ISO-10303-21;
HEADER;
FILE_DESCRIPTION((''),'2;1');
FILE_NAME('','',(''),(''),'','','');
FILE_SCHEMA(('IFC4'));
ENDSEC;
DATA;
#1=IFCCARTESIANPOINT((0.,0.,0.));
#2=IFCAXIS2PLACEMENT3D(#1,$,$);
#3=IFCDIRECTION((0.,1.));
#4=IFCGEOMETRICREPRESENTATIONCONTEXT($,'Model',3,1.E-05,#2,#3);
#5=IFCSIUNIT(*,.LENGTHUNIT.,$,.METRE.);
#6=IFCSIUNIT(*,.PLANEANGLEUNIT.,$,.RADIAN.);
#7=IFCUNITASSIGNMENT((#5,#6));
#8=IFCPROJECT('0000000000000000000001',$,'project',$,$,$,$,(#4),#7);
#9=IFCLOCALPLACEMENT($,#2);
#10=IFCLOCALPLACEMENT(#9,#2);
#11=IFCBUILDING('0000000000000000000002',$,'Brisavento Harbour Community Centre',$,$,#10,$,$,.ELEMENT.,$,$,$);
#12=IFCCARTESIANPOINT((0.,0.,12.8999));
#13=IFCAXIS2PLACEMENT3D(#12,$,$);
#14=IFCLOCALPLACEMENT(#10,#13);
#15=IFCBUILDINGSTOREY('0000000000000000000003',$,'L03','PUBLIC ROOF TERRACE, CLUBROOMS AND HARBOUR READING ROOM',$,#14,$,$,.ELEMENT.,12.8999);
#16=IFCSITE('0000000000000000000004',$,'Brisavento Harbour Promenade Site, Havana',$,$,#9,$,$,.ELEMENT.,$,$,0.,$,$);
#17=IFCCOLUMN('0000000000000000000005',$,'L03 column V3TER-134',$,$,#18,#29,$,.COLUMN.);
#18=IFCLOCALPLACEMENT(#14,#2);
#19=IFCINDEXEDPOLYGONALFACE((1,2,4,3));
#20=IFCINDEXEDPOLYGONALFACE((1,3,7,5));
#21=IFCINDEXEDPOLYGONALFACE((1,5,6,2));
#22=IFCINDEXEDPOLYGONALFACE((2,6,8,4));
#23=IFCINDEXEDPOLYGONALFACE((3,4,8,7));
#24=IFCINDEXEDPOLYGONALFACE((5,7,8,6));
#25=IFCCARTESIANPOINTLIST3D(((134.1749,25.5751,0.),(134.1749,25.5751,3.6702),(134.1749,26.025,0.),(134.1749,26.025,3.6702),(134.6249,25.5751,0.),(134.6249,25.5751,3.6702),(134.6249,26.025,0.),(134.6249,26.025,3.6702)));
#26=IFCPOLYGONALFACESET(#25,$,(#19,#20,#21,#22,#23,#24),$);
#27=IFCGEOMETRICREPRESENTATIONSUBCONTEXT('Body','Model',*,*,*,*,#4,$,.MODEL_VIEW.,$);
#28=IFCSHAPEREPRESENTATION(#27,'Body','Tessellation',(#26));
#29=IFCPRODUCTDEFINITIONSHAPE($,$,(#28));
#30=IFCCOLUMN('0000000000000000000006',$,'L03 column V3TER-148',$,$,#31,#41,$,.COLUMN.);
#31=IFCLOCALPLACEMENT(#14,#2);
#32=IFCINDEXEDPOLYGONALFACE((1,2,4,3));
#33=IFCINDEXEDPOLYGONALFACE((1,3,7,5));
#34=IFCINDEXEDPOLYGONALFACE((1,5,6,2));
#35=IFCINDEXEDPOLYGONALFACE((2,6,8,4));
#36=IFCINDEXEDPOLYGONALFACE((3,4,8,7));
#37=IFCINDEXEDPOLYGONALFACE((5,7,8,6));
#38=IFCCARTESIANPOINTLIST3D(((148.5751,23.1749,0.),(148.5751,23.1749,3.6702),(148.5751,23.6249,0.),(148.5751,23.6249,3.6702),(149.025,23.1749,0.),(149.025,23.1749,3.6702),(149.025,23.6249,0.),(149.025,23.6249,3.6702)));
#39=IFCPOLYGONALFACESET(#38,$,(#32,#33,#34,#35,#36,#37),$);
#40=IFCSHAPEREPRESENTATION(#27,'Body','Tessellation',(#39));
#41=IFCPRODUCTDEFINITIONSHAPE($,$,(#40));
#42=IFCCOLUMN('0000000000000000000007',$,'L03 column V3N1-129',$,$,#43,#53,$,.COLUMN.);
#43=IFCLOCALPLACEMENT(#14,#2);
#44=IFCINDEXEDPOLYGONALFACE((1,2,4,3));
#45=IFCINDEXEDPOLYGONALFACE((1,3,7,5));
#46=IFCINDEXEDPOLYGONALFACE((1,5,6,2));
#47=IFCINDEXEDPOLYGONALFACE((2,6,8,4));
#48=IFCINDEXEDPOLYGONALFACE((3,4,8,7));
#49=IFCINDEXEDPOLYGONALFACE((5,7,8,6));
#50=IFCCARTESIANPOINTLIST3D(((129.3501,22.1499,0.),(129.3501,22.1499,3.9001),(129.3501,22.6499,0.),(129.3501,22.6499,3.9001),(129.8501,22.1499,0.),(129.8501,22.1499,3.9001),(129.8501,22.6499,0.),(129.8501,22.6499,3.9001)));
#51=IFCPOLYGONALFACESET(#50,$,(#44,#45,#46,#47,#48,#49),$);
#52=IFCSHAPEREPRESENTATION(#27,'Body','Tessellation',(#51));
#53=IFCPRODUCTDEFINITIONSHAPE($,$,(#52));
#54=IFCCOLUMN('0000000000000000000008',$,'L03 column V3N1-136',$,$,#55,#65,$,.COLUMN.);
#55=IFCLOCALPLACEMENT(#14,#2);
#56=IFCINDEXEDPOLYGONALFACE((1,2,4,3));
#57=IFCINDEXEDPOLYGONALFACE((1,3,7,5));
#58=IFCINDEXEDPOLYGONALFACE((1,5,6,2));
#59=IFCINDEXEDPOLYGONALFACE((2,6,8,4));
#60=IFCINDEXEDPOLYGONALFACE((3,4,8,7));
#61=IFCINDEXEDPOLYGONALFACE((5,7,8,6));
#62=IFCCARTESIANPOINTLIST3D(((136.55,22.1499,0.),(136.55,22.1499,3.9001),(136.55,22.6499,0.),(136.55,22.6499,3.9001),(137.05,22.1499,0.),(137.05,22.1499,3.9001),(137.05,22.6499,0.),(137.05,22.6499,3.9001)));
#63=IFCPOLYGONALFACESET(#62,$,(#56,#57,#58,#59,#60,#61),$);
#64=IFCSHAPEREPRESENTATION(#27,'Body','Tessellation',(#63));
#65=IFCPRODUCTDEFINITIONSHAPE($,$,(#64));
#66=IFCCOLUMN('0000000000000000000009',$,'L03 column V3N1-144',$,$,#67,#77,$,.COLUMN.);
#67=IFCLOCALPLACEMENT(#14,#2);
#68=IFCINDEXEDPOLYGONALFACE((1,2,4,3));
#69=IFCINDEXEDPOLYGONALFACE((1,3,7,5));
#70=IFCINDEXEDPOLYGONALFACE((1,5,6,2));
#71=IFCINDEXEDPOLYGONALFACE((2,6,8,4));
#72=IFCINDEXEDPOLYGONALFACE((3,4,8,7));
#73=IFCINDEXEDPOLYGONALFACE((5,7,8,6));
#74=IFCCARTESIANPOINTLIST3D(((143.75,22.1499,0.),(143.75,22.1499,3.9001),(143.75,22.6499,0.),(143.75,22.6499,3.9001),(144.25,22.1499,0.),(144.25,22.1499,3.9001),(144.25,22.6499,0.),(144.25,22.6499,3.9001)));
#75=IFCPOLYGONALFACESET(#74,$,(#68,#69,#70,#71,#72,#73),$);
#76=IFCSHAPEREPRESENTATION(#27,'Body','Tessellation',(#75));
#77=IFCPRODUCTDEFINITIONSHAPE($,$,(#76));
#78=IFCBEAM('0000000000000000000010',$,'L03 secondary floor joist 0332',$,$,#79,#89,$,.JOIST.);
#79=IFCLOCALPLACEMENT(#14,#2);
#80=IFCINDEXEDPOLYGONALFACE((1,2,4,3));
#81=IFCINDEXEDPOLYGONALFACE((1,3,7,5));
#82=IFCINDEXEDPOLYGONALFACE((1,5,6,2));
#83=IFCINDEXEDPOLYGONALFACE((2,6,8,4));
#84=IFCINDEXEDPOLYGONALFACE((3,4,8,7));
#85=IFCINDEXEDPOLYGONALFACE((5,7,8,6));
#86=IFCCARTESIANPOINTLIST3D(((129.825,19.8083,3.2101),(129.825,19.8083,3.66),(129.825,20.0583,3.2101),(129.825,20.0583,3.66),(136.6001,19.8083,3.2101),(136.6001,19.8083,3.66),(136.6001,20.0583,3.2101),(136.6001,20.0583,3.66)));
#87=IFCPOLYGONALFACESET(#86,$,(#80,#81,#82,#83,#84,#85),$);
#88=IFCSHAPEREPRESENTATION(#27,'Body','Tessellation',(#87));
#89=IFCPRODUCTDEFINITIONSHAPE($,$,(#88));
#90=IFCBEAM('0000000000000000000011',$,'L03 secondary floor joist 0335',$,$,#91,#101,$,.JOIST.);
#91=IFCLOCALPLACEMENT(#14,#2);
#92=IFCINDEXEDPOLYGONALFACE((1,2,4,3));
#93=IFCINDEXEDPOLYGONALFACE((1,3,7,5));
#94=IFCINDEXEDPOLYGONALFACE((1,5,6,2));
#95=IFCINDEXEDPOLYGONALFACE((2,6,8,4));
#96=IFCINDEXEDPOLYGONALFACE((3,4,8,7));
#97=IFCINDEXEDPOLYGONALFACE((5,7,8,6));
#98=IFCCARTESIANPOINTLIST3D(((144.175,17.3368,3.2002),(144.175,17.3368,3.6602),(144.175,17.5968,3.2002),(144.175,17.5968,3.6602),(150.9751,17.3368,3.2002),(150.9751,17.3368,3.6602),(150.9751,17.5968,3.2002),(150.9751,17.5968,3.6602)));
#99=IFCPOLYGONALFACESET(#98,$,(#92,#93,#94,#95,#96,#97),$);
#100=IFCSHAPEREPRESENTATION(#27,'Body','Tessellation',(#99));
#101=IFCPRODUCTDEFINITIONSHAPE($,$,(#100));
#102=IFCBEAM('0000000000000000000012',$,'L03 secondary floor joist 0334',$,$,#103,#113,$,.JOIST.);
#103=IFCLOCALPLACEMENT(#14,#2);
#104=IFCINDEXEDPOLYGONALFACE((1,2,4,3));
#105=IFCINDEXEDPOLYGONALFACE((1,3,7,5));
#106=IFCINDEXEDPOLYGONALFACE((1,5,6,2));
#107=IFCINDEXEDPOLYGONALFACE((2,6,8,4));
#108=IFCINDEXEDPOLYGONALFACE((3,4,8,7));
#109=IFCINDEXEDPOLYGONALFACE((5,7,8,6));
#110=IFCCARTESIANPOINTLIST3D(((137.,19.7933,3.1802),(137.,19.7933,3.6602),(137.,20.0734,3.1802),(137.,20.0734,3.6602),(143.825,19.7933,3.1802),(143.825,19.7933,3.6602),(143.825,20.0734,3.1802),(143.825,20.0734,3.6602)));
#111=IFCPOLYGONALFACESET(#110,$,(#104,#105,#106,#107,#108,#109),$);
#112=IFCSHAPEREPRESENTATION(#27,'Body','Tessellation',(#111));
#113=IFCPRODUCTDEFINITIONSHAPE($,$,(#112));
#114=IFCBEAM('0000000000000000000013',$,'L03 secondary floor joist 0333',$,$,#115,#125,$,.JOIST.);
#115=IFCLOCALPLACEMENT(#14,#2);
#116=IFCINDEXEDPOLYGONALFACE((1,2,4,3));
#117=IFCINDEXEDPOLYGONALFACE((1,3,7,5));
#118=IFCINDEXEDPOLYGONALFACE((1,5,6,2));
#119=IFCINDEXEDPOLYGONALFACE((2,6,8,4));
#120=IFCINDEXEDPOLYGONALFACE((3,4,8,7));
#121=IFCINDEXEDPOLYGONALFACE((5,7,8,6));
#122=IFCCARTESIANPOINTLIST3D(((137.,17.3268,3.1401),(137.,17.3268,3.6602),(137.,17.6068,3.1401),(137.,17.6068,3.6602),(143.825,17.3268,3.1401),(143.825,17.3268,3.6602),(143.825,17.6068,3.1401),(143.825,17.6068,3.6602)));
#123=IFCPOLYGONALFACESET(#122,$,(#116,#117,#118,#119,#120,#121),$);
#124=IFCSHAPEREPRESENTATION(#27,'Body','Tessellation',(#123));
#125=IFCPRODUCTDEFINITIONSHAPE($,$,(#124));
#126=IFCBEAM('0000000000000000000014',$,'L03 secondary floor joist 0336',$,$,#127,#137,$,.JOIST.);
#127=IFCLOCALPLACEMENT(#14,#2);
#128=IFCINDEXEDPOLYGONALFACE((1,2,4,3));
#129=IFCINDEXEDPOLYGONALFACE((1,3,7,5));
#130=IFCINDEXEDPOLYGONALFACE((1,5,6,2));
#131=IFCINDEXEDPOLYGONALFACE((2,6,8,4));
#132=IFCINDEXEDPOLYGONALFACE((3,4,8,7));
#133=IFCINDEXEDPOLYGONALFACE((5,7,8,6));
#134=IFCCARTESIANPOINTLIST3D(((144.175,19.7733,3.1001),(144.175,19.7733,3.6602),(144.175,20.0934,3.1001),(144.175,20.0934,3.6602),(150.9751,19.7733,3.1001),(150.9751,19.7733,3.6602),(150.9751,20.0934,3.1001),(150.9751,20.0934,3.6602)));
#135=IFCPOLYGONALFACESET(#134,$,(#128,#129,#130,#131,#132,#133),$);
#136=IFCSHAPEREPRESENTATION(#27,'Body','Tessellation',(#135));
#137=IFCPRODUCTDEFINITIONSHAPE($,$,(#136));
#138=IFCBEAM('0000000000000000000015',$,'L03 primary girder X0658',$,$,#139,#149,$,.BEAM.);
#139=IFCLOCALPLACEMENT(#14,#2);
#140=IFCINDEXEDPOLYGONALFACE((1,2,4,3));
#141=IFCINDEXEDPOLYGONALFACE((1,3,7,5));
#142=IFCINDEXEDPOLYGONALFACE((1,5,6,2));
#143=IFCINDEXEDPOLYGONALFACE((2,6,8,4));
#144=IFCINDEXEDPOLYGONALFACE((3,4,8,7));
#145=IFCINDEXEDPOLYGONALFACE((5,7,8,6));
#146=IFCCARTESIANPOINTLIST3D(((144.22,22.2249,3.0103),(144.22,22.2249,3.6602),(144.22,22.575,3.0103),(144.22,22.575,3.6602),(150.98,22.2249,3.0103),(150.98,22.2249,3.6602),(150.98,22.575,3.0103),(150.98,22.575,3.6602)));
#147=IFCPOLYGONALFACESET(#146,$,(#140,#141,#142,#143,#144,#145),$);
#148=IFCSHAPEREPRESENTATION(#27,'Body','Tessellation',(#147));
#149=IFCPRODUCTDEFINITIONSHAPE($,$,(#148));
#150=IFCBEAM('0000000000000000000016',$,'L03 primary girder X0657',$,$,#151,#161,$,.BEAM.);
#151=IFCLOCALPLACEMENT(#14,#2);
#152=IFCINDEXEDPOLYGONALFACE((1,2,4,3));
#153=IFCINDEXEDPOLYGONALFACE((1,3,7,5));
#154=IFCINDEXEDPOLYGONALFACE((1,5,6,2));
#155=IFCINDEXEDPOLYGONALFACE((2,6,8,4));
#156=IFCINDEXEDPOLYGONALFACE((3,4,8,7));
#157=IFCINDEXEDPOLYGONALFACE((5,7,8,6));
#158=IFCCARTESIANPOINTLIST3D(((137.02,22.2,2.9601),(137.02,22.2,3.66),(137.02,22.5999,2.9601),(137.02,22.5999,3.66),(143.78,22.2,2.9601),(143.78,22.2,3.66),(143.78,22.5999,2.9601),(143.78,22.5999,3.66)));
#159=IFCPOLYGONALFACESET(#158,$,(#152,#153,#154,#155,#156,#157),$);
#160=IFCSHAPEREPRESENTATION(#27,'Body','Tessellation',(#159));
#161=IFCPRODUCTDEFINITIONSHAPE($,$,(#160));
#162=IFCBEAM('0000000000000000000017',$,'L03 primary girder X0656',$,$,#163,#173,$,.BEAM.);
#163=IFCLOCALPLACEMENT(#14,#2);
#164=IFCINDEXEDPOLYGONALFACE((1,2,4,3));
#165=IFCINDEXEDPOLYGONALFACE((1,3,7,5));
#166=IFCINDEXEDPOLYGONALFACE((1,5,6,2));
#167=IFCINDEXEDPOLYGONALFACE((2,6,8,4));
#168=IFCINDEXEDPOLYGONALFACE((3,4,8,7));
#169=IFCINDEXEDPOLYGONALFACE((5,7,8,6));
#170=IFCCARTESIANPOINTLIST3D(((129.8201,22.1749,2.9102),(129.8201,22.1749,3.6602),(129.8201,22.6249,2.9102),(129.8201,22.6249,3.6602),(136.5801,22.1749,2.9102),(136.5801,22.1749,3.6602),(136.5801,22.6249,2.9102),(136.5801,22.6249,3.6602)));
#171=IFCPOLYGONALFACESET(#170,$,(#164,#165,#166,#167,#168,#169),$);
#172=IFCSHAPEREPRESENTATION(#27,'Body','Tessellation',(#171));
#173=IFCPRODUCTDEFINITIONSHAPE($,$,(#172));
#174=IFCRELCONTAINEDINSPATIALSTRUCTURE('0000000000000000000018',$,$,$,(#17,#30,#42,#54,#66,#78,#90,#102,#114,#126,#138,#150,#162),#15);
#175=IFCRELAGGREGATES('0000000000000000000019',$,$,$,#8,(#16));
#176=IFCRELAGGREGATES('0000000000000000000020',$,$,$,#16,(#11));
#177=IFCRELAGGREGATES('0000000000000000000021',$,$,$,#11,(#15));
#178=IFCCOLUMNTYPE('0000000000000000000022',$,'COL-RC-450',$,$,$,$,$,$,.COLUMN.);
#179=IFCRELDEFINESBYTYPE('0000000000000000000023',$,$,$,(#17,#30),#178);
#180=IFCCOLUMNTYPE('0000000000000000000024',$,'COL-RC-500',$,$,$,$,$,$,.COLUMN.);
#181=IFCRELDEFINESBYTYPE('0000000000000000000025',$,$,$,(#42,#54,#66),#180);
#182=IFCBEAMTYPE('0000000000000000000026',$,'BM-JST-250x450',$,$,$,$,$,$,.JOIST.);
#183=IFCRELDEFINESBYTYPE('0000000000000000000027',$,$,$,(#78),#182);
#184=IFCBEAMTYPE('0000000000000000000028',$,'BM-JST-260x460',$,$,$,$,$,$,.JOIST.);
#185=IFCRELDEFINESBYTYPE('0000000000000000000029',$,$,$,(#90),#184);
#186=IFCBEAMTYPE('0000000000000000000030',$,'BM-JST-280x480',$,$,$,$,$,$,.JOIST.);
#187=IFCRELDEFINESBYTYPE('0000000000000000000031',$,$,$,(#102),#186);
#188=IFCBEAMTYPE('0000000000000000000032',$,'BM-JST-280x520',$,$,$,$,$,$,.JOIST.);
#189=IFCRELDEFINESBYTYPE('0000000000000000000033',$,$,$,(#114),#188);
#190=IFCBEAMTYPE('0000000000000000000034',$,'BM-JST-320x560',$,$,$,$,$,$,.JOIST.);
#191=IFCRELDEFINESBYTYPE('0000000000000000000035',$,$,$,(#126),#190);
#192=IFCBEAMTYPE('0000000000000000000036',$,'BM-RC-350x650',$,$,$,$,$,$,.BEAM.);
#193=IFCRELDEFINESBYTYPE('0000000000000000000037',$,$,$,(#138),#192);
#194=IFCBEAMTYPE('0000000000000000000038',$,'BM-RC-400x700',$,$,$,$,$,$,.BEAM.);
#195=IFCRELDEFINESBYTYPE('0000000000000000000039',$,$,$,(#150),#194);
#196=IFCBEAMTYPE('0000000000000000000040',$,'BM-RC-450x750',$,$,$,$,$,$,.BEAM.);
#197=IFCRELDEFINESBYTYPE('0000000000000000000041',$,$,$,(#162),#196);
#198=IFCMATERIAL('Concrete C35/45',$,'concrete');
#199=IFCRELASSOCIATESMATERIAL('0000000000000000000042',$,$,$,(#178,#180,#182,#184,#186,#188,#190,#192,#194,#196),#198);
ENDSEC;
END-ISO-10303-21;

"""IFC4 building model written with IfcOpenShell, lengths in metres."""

from ifc_helpers import new_model, si_unit, direction, frame, origin, origin_2d, place, context, subcontext, project, spatial, rectangle, extrude, material, material_profile, profile_set, type_object, element, save


model = new_model("IFC4")

# Units and contexts
model_context = context("Model", 3, precision=1e-05, world=origin(), true_north=direction((0.0, 1.0)))
body_context = subcontext(model_context, "Body", "Model", "MODEL_VIEW")
ifc_project = project(units=[si_unit("LENGTHUNIT", "METRE"), si_unit("PLANEANGLEUNIT", "RADIAN")], contexts=[model_context])

# Site, building, storey
site_placement = place(None, origin())
site = spatial("IfcSite", under=ifc_project, at=site_placement, Name="Brisavento Harbour Promenade Site, Havana", CompositionType="ELEMENT", RefElevation=0.0)
building_placement = place(site_placement, origin())
building = spatial("IfcBuilding", under=site, at=building_placement, Name="Brisavento Harbour Community Centre", CompositionType="ELEMENT")
storey_placement = place(building_placement, frame((0.0, 0.0, 12.8999)))
storey = spatial("IfcBuildingStorey", under=building, at=storey_placement, Name="L03", Description="PUBLIC ROOF TERRACE, CLUBROOMS AND HARBOUR READING ROOM", CompositionType="ELEMENT", Elevation=12.8999)

# Columns
ifc_material_1 = material(Name="Concrete C35/45", Category="concrete")
ifc_material_profile_1 = material_profile(ifc_material_1, rectangle(XDim=0.45, YDim=0.45, at=origin_2d()), Name="Concrete C35/45")
ifc_profile_set_1 = profile_set([ifc_material_profile_1], Name="Concrete C35/45")
column_type_1 = type_object("IfcColumnType", Name="COL-RC-450", PredefinedType="COLUMN", material=ifc_profile_set_1)
for number, where, z_axis, x_axis, name in (
    (1, (134.3999, 25.8, 0.0), (0.0, 0.0, 1.0), (1.0, 0.0, 0.0), "L03 column V3TER-134"),
    (2, (148.8, 23.3999, 0.0), (0.0, 0.0, 1.0), (1.0, 0.0, 0.0), "L03 column V3TER-148"),
):
    element("IfcColumn", number, at=place(storey_placement, frame(where, z_axis=z_axis, x_axis=x_axis)), inside=storey, type_object=column_type_1, Name=name, PredefinedType="COLUMN", context=body_context, shape_type="SweptSolid", body=[
        extrude(rectangle(XDim=0.45, YDim=0.45, at=origin_2d()), origin(), (0.0, 0.0, 1.0), 3.6702),
    ])
ifc_material_profile_2 = material_profile(ifc_material_1, rectangle(XDim=0.5, YDim=0.5, at=origin_2d()), Name="Concrete C35/45")
ifc_profile_set_2 = profile_set([ifc_material_profile_2], Name="Concrete C35/45")
column_type_2 = type_object("IfcColumnType", Name="COL-RC-500", PredefinedType="COLUMN", material=ifc_profile_set_2)
for number, where, z_axis, x_axis, name in (
    (3, (129.6001, 22.3999, 0.0), (0.0, 0.0, 1.0), (1.0, 0.0, 0.0), "L03 column V3N1-129"),
    (4, (136.8, 22.3999, 0.0), (0.0, 0.0, 1.0), (1.0, 0.0, 0.0), "L03 column V3N1-136"),
    (5, (144.0, 22.3999, 0.0), (0.0, 0.0, 1.0), (1.0, 0.0, 0.0), "L03 column V3N1-144"),
):
    element("IfcColumn", number, at=place(storey_placement, frame(where, z_axis=z_axis, x_axis=x_axis)), inside=storey, type_object=column_type_2, Name=name, PredefinedType="COLUMN", context=body_context, shape_type="SweptSolid", body=[
        extrude(rectangle(XDim=0.5, YDim=0.5, at=origin_2d()), origin(), (0.0, 0.0, 1.0), 3.9001),
    ])

# Beams
ifc_material_profile_3 = material_profile(ifc_material_1, rectangle(XDim=0.25, YDim=0.45, at=origin_2d()), Name="Concrete C35/45")
ifc_profile_set_3 = profile_set([ifc_material_profile_3], Name="Concrete C35/45")
beam_type_1 = type_object("IfcBeamType", Name="BM-JST-250x450", PredefinedType="JOIST", material=ifc_profile_set_3)
beam_1_placement = place(storey_placement, frame((129.825, 19.9333, 3.4351), z_axis=(1.0, 0.0, 0.0), x_axis=(0.0, 1.0, 0.0)))
element("IfcBeam", 6, at=beam_1_placement, inside=storey, type_object=beam_type_1, Name="L03 secondary floor joist 0332", PredefinedType="JOIST", context=body_context, shape_type="SweptSolid", body=[
    extrude(rectangle(XDim=0.25, YDim=0.45, at=origin_2d()), origin(), (0.0, 0.0, 1.0), 6.7751),
])
ifc_material_profile_4 = material_profile(ifc_material_1, rectangle(XDim=0.26, YDim=0.46, at=origin_2d()), Name="Concrete C35/45")
ifc_profile_set_4 = profile_set([ifc_material_profile_4], Name="Concrete C35/45")
beam_type_2 = type_object("IfcBeamType", Name="BM-JST-260x460", PredefinedType="JOIST", material=ifc_profile_set_4)
beam_2_placement = place(storey_placement, frame((144.175, 17.4668, 3.4302), z_axis=(1.0, 0.0, 0.0), x_axis=(0.0, 1.0, 0.0)))
element("IfcBeam", 7, at=beam_2_placement, inside=storey, type_object=beam_type_2, Name="L03 secondary floor joist 0335", PredefinedType="JOIST", context=body_context, shape_type="SweptSolid", body=[
    extrude(rectangle(XDim=0.26, YDim=0.46, at=origin_2d()), origin(), (0.0, 0.0, 1.0), 6.8),
])
ifc_material_profile_5 = material_profile(ifc_material_1, rectangle(XDim=0.28, YDim=0.48, at=origin_2d()), Name="Concrete C35/45")
ifc_profile_set_5 = profile_set([ifc_material_profile_5], Name="Concrete C35/45")
beam_type_3 = type_object("IfcBeamType", Name="BM-JST-280x480", PredefinedType="JOIST", material=ifc_profile_set_5)
beam_3_placement = place(storey_placement, frame((137.0, 19.9333, 3.4202), z_axis=(1.0, 0.0, 0.0), x_axis=(0.0, 1.0, 0.0)))
element("IfcBeam", 8, at=beam_3_placement, inside=storey, type_object=beam_type_3, Name="L03 secondary floor joist 0334", PredefinedType="JOIST", context=body_context, shape_type="SweptSolid", body=[
    extrude(rectangle(XDim=0.28, YDim=0.48, at=origin_2d()), origin(), (0.0, 0.0, 1.0), 6.825),
])
ifc_material_profile_6 = material_profile(ifc_material_1, rectangle(XDim=0.28, YDim=0.52, at=origin_2d()), Name="Concrete C35/45")
ifc_profile_set_6 = profile_set([ifc_material_profile_6], Name="Concrete C35/45")
beam_type_4 = type_object("IfcBeamType", Name="BM-JST-280x520", PredefinedType="JOIST", material=ifc_profile_set_6)
beam_4_placement = place(storey_placement, frame((137.0, 17.4668, 3.4001), z_axis=(1.0, 0.0, 0.0), x_axis=(0.0, 1.0, 0.0)))
element("IfcBeam", 9, at=beam_4_placement, inside=storey, type_object=beam_type_4, Name="L03 secondary floor joist 0333", PredefinedType="JOIST", context=body_context, shape_type="SweptSolid", body=[
    extrude(rectangle(XDim=0.28, YDim=0.52, at=origin_2d()), origin(), (0.0, 0.0, 1.0), 6.825),
])
ifc_material_profile_7 = material_profile(ifc_material_1, rectangle(XDim=0.3201, YDim=0.5601, at=origin_2d()), Name="Concrete C35/45")
ifc_profile_set_7 = profile_set([ifc_material_profile_7], Name="Concrete C35/45")
beam_type_5 = type_object("IfcBeamType", Name="BM-JST-320x560", PredefinedType="JOIST", material=ifc_profile_set_7)
beam_5_placement = place(storey_placement, frame((144.175, 19.9333, 3.3801), z_axis=(1.0, 0.0, 0.0), x_axis=(0.0, 1.0, 0.0)))
element("IfcBeam", 10, at=beam_5_placement, inside=storey, type_object=beam_type_5, Name="L03 secondary floor joist 0336", PredefinedType="JOIST", context=body_context, shape_type="SweptSolid", body=[
    extrude(rectangle(XDim=0.3201, YDim=0.5601, at=origin_2d()), origin(), (0.0, 0.0, 1.0), 6.8),
])
ifc_material_profile_8 = material_profile(ifc_material_1, rectangle(XDim=0.3501, YDim=0.6499, at=origin_2d()), Name="Concrete C35/45")
ifc_profile_set_8 = profile_set([ifc_material_profile_8], Name="Concrete C35/45")
beam_type_6 = type_object("IfcBeamType", Name="BM-RC-350x650", PredefinedType="BEAM", material=ifc_profile_set_8)
beam_6_placement = place(storey_placement, frame((144.22, 22.3999, 3.3352), z_axis=(1.0, 0.0, 0.0), x_axis=(0.0, 1.0, 0.0)))
element("IfcBeam", 11, at=beam_6_placement, inside=storey, type_object=beam_type_6, Name="L03 primary girder X0658", PredefinedType="BEAM", context=body_context, shape_type="SweptSolid", body=[
    extrude(rectangle(XDim=0.3501, YDim=0.6499, at=origin_2d()), origin(), (0.0, 0.0, 1.0), 6.76),
])
ifc_material_profile_9 = material_profile(ifc_material_1, rectangle(XDim=0.3999, YDim=0.7, at=origin_2d()), Name="Concrete C35/45")
ifc_profile_set_9 = profile_set([ifc_material_profile_9], Name="Concrete C35/45")
beam_type_7 = type_object("IfcBeamType", Name="BM-RC-400x700", PredefinedType="BEAM", material=ifc_profile_set_9)
beam_7_placement = place(storey_placement, frame((137.02, 22.3999, 3.3101), z_axis=(1.0, 0.0, 0.0), x_axis=(0.0, 1.0, 0.0)))
element("IfcBeam", 12, at=beam_7_placement, inside=storey, type_object=beam_type_7, Name="L03 primary girder X0657", PredefinedType="BEAM", context=body_context, shape_type="SweptSolid", body=[
    extrude(rectangle(XDim=0.3999, YDim=0.7, at=origin_2d()), origin(), (0.0, 0.0, 1.0), 6.76),
])
ifc_material_profile_10 = material_profile(ifc_material_1, rectangle(XDim=0.45, YDim=0.75, at=origin_2d()), Name="Concrete C35/45")
ifc_profile_set_10 = profile_set([ifc_material_profile_10], Name="Concrete C35/45")
beam_type_8 = type_object("IfcBeamType", Name="BM-RC-450x750", PredefinedType="BEAM", material=ifc_profile_set_10)
beam_8_placement = place(storey_placement, frame((129.8201, 22.3999, 3.2852), z_axis=(1.0, 0.0, 0.0), x_axis=(0.0, 1.0, 0.0)))
element("IfcBeam", 13, at=beam_8_placement, inside=storey, type_object=beam_type_8, Name="L03 primary girder X0656", PredefinedType="BEAM", context=body_context, shape_type="SweptSolid", body=[
    extrude(rectangle(XDim=0.45, YDim=0.75, at=origin_2d()), origin(), (0.0, 0.0, 1.0), 6.76),
])

save(model, "model.ifc")
